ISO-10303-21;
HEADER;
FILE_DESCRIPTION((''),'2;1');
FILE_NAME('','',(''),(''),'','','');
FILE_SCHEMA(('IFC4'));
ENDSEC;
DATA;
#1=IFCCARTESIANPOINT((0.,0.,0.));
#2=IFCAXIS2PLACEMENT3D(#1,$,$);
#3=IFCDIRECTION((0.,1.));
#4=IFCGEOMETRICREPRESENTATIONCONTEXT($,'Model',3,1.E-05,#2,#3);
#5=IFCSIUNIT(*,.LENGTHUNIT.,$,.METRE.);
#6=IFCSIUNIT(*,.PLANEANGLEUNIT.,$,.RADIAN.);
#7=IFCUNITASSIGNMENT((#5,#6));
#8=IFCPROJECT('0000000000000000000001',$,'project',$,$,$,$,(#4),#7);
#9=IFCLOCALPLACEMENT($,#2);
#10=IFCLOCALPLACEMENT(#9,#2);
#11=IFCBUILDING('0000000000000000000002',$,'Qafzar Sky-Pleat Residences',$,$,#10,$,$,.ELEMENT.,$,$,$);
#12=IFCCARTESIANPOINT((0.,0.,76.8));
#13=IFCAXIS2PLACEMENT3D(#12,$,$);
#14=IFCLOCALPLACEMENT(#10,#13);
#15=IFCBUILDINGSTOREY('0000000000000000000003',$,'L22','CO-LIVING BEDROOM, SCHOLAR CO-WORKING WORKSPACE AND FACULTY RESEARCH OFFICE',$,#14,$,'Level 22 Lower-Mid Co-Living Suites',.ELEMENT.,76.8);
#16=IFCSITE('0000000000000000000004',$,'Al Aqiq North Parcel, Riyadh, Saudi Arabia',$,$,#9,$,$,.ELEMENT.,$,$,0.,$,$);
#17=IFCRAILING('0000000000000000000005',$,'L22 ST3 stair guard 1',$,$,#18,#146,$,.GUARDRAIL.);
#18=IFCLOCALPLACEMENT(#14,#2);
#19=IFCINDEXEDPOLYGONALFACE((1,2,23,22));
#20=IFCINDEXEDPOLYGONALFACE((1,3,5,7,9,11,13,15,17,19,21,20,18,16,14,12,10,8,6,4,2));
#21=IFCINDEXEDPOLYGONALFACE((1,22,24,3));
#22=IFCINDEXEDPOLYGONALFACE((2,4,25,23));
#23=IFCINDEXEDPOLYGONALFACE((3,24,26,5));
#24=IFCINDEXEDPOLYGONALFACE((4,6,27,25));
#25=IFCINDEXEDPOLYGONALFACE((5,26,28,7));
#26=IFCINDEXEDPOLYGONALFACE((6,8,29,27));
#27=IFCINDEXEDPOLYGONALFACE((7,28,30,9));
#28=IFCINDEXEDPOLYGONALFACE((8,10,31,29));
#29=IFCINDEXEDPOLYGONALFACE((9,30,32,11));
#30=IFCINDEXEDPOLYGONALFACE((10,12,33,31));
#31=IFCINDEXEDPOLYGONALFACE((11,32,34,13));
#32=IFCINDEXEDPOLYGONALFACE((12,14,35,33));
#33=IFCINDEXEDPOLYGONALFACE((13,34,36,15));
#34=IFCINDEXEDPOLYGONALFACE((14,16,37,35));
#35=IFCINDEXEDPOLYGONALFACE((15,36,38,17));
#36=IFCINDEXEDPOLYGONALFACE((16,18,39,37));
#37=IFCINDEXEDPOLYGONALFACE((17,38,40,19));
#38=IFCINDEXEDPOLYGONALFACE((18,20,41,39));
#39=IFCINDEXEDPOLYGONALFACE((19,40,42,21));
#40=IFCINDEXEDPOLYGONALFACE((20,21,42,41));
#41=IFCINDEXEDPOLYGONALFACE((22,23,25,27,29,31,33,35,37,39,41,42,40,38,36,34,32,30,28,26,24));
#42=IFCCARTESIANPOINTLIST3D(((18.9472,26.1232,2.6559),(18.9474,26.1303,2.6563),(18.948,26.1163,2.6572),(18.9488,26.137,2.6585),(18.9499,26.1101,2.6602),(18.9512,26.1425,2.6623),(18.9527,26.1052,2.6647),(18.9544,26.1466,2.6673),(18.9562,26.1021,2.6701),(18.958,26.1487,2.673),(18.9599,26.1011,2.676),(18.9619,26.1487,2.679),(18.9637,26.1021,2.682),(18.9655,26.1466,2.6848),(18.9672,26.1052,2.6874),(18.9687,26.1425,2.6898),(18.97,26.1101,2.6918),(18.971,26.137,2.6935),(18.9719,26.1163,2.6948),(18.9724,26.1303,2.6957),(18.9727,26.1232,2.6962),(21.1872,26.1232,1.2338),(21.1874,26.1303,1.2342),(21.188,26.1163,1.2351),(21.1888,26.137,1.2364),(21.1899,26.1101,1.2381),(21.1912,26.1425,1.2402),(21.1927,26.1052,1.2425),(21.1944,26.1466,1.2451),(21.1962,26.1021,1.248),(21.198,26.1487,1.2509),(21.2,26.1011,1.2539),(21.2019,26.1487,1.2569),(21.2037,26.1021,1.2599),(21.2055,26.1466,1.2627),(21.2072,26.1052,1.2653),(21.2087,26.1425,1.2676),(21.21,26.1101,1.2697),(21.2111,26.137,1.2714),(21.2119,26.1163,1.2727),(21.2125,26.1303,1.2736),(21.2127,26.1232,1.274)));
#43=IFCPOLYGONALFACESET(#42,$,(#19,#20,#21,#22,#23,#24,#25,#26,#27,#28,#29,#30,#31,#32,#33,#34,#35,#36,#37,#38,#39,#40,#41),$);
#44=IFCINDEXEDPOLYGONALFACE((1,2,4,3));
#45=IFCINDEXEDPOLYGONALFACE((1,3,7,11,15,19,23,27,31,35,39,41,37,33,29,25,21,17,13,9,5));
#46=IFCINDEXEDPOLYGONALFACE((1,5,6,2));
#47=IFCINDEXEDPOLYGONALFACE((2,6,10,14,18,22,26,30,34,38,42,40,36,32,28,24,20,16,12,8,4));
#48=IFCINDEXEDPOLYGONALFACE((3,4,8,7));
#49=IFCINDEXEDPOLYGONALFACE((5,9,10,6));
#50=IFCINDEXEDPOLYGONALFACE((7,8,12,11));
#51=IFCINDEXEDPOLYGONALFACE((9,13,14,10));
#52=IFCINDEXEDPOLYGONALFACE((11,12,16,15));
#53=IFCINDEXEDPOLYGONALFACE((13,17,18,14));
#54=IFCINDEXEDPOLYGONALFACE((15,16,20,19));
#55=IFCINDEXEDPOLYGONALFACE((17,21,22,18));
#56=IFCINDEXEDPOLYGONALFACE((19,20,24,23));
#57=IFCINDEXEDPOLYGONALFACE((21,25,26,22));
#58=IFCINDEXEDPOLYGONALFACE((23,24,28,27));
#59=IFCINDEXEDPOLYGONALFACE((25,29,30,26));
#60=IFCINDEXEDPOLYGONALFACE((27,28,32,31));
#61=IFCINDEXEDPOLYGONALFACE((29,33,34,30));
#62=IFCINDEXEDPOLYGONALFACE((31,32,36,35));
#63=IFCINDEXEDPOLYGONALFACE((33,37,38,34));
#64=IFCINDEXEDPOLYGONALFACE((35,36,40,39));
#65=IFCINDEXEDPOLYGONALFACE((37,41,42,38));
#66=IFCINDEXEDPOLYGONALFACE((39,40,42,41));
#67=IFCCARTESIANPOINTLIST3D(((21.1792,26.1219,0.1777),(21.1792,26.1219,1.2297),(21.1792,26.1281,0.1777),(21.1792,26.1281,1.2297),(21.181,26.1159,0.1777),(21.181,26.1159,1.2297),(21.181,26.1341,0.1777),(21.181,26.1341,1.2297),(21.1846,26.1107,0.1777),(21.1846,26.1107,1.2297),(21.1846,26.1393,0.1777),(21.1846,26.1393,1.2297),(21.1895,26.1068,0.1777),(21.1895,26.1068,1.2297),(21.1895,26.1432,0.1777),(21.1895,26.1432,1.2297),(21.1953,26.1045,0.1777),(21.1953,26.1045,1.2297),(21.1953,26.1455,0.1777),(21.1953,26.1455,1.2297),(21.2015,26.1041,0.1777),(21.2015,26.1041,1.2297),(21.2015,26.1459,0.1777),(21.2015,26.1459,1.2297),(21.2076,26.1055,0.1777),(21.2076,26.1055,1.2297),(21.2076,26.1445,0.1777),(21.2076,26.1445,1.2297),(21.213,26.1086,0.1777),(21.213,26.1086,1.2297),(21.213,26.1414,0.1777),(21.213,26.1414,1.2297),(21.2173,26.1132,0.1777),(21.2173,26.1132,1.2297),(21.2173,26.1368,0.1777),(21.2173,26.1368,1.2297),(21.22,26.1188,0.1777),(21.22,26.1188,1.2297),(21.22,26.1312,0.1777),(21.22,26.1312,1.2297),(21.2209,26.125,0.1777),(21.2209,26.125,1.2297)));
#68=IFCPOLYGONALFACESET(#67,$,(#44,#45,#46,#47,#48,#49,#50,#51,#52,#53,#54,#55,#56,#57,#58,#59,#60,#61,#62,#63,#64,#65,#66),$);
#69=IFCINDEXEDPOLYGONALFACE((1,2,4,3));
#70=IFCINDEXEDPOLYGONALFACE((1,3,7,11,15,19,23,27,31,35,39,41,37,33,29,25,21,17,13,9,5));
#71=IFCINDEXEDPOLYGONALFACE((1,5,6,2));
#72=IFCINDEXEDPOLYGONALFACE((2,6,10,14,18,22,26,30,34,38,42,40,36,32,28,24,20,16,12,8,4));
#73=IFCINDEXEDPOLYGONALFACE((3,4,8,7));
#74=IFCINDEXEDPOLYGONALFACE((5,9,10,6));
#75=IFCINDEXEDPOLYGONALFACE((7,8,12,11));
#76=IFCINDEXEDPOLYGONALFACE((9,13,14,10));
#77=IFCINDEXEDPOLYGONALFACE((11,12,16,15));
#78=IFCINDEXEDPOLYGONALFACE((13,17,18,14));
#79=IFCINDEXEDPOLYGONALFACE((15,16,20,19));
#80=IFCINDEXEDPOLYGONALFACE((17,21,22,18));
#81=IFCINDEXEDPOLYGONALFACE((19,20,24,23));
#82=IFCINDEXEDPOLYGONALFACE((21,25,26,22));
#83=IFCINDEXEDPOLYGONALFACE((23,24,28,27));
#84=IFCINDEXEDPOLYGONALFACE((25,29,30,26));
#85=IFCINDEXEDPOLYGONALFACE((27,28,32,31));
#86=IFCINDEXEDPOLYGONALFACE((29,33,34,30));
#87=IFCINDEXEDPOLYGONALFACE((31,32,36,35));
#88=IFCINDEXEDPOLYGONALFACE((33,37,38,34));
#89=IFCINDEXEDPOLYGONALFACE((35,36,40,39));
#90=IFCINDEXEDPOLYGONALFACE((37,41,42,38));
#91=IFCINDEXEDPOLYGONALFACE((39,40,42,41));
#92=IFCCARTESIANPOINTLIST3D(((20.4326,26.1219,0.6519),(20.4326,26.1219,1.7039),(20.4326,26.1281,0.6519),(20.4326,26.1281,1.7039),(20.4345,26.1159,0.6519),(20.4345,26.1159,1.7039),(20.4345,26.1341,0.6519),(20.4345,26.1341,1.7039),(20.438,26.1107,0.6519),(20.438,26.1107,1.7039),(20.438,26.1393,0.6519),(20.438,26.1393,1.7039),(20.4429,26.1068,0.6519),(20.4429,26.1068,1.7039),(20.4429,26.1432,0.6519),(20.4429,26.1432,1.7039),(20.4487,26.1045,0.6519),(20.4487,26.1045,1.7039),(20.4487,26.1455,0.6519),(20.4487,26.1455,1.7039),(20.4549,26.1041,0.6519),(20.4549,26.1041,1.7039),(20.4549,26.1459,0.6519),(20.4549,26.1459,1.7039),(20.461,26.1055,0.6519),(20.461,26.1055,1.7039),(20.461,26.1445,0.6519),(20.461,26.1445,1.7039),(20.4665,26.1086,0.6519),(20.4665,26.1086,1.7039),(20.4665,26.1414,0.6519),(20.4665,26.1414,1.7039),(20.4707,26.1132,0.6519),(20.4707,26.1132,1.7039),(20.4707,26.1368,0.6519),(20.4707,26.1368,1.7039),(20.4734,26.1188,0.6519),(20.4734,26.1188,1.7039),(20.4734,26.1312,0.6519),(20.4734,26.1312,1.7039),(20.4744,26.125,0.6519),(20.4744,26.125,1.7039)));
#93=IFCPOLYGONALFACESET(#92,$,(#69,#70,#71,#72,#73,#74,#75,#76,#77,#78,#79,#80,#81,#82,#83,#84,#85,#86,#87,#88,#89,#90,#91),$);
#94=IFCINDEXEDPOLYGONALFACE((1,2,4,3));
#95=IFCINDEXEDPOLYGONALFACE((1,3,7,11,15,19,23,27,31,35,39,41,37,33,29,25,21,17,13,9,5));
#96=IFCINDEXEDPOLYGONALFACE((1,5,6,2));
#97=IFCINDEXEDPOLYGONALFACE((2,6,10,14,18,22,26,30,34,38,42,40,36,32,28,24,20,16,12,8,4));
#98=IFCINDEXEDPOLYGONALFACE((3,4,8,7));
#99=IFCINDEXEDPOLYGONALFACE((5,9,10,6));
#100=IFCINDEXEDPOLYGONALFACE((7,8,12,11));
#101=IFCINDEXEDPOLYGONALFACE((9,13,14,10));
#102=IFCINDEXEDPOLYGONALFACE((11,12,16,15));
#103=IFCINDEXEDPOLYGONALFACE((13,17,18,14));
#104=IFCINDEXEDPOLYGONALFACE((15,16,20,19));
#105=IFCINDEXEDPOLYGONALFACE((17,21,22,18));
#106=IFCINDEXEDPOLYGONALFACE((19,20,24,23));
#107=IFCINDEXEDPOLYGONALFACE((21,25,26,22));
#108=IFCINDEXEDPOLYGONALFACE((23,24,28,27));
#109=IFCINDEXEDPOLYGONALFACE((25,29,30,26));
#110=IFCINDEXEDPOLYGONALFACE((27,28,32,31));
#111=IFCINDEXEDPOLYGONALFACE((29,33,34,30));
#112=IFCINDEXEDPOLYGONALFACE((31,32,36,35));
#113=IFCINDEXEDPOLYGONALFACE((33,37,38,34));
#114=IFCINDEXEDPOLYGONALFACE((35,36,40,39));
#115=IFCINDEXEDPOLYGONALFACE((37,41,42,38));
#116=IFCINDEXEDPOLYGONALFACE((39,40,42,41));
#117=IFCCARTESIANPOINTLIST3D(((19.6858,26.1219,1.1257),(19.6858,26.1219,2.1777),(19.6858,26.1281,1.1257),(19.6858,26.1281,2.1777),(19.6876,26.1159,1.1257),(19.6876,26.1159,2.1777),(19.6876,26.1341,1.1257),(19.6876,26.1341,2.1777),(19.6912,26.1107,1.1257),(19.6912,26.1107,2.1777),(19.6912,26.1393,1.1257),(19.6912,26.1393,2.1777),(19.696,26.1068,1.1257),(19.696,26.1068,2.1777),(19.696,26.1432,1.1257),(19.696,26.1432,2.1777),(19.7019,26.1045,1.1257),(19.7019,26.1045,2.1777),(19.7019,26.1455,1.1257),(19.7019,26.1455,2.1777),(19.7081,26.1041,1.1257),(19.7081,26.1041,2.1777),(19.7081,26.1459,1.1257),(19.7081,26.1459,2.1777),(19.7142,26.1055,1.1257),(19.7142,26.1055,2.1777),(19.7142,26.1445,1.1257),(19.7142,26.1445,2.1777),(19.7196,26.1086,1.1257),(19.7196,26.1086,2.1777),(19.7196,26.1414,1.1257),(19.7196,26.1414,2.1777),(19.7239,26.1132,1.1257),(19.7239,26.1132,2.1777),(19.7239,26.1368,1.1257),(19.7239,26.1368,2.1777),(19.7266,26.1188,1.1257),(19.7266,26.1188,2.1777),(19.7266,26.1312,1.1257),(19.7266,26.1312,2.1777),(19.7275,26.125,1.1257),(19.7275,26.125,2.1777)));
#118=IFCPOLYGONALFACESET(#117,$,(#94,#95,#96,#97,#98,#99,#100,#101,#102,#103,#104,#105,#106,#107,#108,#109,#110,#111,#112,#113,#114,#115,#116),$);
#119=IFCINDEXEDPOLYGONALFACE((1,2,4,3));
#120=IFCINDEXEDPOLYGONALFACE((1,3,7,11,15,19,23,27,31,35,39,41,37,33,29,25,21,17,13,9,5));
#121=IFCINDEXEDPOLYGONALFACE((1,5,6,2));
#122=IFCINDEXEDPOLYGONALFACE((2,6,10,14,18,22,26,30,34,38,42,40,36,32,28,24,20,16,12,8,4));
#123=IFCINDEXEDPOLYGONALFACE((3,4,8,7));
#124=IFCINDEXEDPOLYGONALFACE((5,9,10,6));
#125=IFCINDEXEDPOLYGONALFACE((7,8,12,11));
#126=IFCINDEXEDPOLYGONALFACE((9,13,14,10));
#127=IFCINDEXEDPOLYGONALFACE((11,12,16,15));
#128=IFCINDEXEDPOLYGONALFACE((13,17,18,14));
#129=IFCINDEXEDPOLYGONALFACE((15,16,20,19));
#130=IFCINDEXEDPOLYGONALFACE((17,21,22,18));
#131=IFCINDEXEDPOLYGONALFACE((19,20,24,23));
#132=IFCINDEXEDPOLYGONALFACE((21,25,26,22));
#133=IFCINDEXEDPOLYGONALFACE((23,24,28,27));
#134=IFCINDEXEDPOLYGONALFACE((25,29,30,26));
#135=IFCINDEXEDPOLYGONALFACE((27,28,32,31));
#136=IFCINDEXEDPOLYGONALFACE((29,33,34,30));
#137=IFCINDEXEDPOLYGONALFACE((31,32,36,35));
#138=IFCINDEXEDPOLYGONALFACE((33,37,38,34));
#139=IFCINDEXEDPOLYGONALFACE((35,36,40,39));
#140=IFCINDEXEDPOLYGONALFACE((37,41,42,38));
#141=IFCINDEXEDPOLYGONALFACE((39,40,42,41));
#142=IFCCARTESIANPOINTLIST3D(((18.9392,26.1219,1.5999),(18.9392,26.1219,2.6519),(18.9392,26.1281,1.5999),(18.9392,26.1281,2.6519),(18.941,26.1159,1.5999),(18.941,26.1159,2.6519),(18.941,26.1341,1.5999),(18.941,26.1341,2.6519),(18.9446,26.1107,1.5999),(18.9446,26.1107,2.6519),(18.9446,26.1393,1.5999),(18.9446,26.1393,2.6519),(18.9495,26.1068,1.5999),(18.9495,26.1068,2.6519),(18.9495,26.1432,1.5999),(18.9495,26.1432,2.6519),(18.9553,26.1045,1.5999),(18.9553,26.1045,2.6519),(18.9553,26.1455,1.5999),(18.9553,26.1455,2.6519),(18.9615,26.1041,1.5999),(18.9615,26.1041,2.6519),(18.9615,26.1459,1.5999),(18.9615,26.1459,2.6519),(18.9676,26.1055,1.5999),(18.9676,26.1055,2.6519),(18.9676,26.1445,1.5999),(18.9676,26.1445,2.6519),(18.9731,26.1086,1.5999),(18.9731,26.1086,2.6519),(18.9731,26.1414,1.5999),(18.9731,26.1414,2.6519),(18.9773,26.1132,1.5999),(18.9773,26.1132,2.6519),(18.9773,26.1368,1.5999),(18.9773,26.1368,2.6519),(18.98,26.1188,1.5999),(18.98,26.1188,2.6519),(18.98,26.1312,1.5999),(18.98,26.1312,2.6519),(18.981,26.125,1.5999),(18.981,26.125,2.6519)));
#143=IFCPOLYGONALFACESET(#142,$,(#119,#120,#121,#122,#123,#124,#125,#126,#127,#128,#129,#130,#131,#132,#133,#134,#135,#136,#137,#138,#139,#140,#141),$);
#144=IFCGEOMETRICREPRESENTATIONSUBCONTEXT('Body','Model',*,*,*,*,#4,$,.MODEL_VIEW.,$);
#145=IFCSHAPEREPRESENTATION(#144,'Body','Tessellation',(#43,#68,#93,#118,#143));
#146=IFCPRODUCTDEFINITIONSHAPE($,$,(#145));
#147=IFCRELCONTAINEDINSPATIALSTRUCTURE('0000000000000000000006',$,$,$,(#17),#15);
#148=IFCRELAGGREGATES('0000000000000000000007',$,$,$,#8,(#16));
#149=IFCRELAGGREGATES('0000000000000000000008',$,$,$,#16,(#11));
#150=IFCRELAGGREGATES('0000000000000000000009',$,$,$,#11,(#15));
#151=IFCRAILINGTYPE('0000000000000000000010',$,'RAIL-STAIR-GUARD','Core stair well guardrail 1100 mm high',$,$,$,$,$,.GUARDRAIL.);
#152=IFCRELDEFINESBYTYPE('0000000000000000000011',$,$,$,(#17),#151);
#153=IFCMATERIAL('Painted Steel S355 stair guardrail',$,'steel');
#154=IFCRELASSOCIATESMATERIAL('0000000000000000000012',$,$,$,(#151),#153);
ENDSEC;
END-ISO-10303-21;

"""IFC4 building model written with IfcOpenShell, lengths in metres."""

from ifc_helpers import new_model, si_unit, direction, frame, origin, origin_2d, place, context, subcontext, project, spatial, circle, extrude, source, transform, mapped, material, type_object, element, save


model = new_model("IFC4")

# Units and contexts
model_context = context("Model", 3, precision=1e-05, world=origin(), true_north=direction((0.0, 1.0)))
body_context = subcontext(model_context, "Body", "Model", "MODEL_VIEW")
ifc_project = project(units=[si_unit("LENGTHUNIT", "METRE"), si_unit("PLANEANGLEUNIT", "RADIAN")], contexts=[model_context])

# Site, building, storey
site_placement = place(None, origin())
site = spatial("IfcSite", under=ifc_project, at=site_placement, Name="Al Aqiq North Parcel, Riyadh, Saudi Arabia", CompositionType="ELEMENT", RefElevation=0.0)
building_placement = place(site_placement, origin())
building = spatial("IfcBuilding", under=site, at=building_placement, Name="Qafzar Sky-Pleat Residences", CompositionType="ELEMENT")
storey_placement = place(building_placement, frame((0.0, 0.0, 76.8)))
storey = spatial("IfcBuildingStorey", under=building, at=storey_placement, Name="L22", Description="CO-LIVING BEDROOM, SCHOLAR CO-WORKING WORKSPACE AND FACULTY RESEARCH OFFICE", LongName="Level 22 Lower-Mid Co-Living Suites", CompositionType="ELEMENT", Elevation=76.8)

# Railing
ifc_material_1 = material(Name="Painted Steel S355 stair guardrail", Category="steel")
railing_type_1 = type_object("IfcRailingType", Name="RAIL-STAIR-GUARD", Description="Core stair well guardrail 1100 mm high", PredefinedType="GUARDRAIL", material=ifc_material_1)
shared_shape_1 = source(origin(), body_context, "Body", "SweptSolid", [
    extrude(circle(Radius=0.0239, at=origin_2d()), frame((0.0, 0.0, 1.0762), z_axis=(-0.844229, 0.0, 0.535982), x_axis=(0.0, -1.0, 0.0)), (0.0, 0.0, 1.0), 2.6533),
    extrude(circle(Radius=0.021, at=origin_2d()), origin(), (0.0, 0.0, 1.0), 1.052),
    extrude(circle(Radius=0.021, at=origin_2d()), frame((-0.7466, 0.0, 0.4741)), (0.0, 0.0, 1.0), 1.052),
    extrude(circle(Radius=0.021, at=origin_2d()), frame((-1.4934, 0.0, 0.948)), (0.0, 0.0, 1.0), 1.052),
    extrude(circle(Radius=0.021, at=origin_2d()), frame((-2.24, 0.0, 1.4221)), (0.0, 0.0, 1.0), 1.052),
])
railing_1_placement = place(storey_placement, frame((21.2, 26.125, 0.1777)))
element("IfcRailing", 1, at=railing_1_placement, inside=storey, type_object=railing_type_1, Name="L22 ST3 stair guard 1", PredefinedType="GUARDRAIL", context=body_context, shape_type="MappedRepresentation", body=[
    mapped(shared_shape_1, transform((0.0, 0.0, 0.0), x_axis=(1.0, 0.0, 0.0), y_axis=(0.0, 1.0, 0.0), z_axis=(0.0, 0.0, 1.0), scale=1.0)),
])

save(model, "model.ifc")
